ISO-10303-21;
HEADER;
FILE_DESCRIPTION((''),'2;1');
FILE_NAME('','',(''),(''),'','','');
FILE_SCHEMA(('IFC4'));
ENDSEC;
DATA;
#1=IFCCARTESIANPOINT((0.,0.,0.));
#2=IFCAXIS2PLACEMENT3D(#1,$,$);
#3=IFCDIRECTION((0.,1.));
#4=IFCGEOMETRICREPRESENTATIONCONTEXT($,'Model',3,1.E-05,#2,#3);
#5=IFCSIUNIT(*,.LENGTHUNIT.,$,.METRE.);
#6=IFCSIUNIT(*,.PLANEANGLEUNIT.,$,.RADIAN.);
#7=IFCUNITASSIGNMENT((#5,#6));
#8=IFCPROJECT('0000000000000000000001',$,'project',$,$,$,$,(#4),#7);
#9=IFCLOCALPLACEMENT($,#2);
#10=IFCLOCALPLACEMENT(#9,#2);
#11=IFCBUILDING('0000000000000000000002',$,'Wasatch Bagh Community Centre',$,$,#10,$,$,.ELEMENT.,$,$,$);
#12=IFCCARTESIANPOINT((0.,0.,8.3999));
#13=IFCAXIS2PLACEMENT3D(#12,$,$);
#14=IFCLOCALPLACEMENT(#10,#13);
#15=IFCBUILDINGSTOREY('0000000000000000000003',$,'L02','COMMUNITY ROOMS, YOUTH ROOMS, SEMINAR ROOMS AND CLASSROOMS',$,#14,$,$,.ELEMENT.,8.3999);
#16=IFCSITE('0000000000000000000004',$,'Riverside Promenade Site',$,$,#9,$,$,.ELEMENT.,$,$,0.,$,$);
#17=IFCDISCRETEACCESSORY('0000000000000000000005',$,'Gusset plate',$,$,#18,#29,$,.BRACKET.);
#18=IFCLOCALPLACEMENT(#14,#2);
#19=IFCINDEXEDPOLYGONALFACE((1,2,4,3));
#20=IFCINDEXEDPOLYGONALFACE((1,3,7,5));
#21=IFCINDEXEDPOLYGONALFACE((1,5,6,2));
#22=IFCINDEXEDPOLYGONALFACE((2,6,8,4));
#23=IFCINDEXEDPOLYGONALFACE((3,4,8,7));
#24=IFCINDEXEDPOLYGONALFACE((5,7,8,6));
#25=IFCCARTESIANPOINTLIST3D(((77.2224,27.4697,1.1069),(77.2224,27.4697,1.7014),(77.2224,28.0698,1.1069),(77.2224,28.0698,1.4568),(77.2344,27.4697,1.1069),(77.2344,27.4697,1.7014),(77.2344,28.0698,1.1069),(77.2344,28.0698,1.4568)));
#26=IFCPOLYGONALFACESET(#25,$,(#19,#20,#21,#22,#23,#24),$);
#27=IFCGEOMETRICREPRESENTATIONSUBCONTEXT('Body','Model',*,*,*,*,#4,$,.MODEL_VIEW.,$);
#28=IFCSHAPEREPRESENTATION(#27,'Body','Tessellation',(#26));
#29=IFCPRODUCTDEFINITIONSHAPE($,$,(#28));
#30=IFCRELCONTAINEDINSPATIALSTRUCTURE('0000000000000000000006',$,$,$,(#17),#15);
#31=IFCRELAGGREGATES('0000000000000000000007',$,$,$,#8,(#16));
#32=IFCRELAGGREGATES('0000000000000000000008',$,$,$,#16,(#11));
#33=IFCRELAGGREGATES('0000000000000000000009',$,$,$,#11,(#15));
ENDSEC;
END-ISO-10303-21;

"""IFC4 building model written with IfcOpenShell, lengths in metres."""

from ifc_helpers import new_model, si_unit, direction, frame, origin, place, context, subcontext, project, spatial, polyline, outline, extrude, element, save


model = new_model("IFC4")

# Units and contexts
model_context = context("Model", 3, precision=1e-05, world=origin(), true_north=direction((0.0, 1.0)))
body_context = subcontext(model_context, "Body", "Model", "MODEL_VIEW")
ifc_project = project(units=[si_unit("LENGTHUNIT", "METRE"), si_unit("PLANEANGLEUNIT", "RADIAN")], contexts=[model_context])

# Site, building, storey
site_placement = place(None, origin())
site = spatial("IfcSite", under=ifc_project, at=site_placement, Name="Riverside Promenade Site", CompositionType="ELEMENT", RefElevation=0.0)
building_placement = place(site_placement, origin())
building = spatial("IfcBuilding", under=site, at=building_placement, Name="Wasatch Bagh Community Centre", CompositionType="ELEMENT")
storey_placement = place(building_placement, frame((0.0, 0.0, 8.3999)))
storey = spatial("IfcBuildingStorey", under=building, at=storey_placement, Name="L02", Description="COMMUNITY ROOMS, YOUTH ROOMS, SEMINAR ROOMS AND CLASSROOMS", CompositionType="ELEMENT", Elevation=8.3999)

# Discrete accessory
discrete_accessory_1_placement = place(storey_placement, frame((77.2224, 27.4697, 1.7014), z_axis=(-1.0, 0.0, 0.0), x_axis=(0.0, 0.926014, -0.377488)))
element("IfcDiscreteAccessory", 1, at=discrete_accessory_1_placement, inside=storey, Name="Gusset plate", PredefinedType="BRACKET", context=body_context, shape_type="SweptSolid", body=[
    extrude(outline(polyline([(0.0, 0.0), (0.648, 0.0), (0.7801, 0.324), (0.2244, 0.5505), (0.0, 0.0)])), origin(), (0.0, 0.0, -1.0), 0.012),
])

save(model, "model.ifc")
